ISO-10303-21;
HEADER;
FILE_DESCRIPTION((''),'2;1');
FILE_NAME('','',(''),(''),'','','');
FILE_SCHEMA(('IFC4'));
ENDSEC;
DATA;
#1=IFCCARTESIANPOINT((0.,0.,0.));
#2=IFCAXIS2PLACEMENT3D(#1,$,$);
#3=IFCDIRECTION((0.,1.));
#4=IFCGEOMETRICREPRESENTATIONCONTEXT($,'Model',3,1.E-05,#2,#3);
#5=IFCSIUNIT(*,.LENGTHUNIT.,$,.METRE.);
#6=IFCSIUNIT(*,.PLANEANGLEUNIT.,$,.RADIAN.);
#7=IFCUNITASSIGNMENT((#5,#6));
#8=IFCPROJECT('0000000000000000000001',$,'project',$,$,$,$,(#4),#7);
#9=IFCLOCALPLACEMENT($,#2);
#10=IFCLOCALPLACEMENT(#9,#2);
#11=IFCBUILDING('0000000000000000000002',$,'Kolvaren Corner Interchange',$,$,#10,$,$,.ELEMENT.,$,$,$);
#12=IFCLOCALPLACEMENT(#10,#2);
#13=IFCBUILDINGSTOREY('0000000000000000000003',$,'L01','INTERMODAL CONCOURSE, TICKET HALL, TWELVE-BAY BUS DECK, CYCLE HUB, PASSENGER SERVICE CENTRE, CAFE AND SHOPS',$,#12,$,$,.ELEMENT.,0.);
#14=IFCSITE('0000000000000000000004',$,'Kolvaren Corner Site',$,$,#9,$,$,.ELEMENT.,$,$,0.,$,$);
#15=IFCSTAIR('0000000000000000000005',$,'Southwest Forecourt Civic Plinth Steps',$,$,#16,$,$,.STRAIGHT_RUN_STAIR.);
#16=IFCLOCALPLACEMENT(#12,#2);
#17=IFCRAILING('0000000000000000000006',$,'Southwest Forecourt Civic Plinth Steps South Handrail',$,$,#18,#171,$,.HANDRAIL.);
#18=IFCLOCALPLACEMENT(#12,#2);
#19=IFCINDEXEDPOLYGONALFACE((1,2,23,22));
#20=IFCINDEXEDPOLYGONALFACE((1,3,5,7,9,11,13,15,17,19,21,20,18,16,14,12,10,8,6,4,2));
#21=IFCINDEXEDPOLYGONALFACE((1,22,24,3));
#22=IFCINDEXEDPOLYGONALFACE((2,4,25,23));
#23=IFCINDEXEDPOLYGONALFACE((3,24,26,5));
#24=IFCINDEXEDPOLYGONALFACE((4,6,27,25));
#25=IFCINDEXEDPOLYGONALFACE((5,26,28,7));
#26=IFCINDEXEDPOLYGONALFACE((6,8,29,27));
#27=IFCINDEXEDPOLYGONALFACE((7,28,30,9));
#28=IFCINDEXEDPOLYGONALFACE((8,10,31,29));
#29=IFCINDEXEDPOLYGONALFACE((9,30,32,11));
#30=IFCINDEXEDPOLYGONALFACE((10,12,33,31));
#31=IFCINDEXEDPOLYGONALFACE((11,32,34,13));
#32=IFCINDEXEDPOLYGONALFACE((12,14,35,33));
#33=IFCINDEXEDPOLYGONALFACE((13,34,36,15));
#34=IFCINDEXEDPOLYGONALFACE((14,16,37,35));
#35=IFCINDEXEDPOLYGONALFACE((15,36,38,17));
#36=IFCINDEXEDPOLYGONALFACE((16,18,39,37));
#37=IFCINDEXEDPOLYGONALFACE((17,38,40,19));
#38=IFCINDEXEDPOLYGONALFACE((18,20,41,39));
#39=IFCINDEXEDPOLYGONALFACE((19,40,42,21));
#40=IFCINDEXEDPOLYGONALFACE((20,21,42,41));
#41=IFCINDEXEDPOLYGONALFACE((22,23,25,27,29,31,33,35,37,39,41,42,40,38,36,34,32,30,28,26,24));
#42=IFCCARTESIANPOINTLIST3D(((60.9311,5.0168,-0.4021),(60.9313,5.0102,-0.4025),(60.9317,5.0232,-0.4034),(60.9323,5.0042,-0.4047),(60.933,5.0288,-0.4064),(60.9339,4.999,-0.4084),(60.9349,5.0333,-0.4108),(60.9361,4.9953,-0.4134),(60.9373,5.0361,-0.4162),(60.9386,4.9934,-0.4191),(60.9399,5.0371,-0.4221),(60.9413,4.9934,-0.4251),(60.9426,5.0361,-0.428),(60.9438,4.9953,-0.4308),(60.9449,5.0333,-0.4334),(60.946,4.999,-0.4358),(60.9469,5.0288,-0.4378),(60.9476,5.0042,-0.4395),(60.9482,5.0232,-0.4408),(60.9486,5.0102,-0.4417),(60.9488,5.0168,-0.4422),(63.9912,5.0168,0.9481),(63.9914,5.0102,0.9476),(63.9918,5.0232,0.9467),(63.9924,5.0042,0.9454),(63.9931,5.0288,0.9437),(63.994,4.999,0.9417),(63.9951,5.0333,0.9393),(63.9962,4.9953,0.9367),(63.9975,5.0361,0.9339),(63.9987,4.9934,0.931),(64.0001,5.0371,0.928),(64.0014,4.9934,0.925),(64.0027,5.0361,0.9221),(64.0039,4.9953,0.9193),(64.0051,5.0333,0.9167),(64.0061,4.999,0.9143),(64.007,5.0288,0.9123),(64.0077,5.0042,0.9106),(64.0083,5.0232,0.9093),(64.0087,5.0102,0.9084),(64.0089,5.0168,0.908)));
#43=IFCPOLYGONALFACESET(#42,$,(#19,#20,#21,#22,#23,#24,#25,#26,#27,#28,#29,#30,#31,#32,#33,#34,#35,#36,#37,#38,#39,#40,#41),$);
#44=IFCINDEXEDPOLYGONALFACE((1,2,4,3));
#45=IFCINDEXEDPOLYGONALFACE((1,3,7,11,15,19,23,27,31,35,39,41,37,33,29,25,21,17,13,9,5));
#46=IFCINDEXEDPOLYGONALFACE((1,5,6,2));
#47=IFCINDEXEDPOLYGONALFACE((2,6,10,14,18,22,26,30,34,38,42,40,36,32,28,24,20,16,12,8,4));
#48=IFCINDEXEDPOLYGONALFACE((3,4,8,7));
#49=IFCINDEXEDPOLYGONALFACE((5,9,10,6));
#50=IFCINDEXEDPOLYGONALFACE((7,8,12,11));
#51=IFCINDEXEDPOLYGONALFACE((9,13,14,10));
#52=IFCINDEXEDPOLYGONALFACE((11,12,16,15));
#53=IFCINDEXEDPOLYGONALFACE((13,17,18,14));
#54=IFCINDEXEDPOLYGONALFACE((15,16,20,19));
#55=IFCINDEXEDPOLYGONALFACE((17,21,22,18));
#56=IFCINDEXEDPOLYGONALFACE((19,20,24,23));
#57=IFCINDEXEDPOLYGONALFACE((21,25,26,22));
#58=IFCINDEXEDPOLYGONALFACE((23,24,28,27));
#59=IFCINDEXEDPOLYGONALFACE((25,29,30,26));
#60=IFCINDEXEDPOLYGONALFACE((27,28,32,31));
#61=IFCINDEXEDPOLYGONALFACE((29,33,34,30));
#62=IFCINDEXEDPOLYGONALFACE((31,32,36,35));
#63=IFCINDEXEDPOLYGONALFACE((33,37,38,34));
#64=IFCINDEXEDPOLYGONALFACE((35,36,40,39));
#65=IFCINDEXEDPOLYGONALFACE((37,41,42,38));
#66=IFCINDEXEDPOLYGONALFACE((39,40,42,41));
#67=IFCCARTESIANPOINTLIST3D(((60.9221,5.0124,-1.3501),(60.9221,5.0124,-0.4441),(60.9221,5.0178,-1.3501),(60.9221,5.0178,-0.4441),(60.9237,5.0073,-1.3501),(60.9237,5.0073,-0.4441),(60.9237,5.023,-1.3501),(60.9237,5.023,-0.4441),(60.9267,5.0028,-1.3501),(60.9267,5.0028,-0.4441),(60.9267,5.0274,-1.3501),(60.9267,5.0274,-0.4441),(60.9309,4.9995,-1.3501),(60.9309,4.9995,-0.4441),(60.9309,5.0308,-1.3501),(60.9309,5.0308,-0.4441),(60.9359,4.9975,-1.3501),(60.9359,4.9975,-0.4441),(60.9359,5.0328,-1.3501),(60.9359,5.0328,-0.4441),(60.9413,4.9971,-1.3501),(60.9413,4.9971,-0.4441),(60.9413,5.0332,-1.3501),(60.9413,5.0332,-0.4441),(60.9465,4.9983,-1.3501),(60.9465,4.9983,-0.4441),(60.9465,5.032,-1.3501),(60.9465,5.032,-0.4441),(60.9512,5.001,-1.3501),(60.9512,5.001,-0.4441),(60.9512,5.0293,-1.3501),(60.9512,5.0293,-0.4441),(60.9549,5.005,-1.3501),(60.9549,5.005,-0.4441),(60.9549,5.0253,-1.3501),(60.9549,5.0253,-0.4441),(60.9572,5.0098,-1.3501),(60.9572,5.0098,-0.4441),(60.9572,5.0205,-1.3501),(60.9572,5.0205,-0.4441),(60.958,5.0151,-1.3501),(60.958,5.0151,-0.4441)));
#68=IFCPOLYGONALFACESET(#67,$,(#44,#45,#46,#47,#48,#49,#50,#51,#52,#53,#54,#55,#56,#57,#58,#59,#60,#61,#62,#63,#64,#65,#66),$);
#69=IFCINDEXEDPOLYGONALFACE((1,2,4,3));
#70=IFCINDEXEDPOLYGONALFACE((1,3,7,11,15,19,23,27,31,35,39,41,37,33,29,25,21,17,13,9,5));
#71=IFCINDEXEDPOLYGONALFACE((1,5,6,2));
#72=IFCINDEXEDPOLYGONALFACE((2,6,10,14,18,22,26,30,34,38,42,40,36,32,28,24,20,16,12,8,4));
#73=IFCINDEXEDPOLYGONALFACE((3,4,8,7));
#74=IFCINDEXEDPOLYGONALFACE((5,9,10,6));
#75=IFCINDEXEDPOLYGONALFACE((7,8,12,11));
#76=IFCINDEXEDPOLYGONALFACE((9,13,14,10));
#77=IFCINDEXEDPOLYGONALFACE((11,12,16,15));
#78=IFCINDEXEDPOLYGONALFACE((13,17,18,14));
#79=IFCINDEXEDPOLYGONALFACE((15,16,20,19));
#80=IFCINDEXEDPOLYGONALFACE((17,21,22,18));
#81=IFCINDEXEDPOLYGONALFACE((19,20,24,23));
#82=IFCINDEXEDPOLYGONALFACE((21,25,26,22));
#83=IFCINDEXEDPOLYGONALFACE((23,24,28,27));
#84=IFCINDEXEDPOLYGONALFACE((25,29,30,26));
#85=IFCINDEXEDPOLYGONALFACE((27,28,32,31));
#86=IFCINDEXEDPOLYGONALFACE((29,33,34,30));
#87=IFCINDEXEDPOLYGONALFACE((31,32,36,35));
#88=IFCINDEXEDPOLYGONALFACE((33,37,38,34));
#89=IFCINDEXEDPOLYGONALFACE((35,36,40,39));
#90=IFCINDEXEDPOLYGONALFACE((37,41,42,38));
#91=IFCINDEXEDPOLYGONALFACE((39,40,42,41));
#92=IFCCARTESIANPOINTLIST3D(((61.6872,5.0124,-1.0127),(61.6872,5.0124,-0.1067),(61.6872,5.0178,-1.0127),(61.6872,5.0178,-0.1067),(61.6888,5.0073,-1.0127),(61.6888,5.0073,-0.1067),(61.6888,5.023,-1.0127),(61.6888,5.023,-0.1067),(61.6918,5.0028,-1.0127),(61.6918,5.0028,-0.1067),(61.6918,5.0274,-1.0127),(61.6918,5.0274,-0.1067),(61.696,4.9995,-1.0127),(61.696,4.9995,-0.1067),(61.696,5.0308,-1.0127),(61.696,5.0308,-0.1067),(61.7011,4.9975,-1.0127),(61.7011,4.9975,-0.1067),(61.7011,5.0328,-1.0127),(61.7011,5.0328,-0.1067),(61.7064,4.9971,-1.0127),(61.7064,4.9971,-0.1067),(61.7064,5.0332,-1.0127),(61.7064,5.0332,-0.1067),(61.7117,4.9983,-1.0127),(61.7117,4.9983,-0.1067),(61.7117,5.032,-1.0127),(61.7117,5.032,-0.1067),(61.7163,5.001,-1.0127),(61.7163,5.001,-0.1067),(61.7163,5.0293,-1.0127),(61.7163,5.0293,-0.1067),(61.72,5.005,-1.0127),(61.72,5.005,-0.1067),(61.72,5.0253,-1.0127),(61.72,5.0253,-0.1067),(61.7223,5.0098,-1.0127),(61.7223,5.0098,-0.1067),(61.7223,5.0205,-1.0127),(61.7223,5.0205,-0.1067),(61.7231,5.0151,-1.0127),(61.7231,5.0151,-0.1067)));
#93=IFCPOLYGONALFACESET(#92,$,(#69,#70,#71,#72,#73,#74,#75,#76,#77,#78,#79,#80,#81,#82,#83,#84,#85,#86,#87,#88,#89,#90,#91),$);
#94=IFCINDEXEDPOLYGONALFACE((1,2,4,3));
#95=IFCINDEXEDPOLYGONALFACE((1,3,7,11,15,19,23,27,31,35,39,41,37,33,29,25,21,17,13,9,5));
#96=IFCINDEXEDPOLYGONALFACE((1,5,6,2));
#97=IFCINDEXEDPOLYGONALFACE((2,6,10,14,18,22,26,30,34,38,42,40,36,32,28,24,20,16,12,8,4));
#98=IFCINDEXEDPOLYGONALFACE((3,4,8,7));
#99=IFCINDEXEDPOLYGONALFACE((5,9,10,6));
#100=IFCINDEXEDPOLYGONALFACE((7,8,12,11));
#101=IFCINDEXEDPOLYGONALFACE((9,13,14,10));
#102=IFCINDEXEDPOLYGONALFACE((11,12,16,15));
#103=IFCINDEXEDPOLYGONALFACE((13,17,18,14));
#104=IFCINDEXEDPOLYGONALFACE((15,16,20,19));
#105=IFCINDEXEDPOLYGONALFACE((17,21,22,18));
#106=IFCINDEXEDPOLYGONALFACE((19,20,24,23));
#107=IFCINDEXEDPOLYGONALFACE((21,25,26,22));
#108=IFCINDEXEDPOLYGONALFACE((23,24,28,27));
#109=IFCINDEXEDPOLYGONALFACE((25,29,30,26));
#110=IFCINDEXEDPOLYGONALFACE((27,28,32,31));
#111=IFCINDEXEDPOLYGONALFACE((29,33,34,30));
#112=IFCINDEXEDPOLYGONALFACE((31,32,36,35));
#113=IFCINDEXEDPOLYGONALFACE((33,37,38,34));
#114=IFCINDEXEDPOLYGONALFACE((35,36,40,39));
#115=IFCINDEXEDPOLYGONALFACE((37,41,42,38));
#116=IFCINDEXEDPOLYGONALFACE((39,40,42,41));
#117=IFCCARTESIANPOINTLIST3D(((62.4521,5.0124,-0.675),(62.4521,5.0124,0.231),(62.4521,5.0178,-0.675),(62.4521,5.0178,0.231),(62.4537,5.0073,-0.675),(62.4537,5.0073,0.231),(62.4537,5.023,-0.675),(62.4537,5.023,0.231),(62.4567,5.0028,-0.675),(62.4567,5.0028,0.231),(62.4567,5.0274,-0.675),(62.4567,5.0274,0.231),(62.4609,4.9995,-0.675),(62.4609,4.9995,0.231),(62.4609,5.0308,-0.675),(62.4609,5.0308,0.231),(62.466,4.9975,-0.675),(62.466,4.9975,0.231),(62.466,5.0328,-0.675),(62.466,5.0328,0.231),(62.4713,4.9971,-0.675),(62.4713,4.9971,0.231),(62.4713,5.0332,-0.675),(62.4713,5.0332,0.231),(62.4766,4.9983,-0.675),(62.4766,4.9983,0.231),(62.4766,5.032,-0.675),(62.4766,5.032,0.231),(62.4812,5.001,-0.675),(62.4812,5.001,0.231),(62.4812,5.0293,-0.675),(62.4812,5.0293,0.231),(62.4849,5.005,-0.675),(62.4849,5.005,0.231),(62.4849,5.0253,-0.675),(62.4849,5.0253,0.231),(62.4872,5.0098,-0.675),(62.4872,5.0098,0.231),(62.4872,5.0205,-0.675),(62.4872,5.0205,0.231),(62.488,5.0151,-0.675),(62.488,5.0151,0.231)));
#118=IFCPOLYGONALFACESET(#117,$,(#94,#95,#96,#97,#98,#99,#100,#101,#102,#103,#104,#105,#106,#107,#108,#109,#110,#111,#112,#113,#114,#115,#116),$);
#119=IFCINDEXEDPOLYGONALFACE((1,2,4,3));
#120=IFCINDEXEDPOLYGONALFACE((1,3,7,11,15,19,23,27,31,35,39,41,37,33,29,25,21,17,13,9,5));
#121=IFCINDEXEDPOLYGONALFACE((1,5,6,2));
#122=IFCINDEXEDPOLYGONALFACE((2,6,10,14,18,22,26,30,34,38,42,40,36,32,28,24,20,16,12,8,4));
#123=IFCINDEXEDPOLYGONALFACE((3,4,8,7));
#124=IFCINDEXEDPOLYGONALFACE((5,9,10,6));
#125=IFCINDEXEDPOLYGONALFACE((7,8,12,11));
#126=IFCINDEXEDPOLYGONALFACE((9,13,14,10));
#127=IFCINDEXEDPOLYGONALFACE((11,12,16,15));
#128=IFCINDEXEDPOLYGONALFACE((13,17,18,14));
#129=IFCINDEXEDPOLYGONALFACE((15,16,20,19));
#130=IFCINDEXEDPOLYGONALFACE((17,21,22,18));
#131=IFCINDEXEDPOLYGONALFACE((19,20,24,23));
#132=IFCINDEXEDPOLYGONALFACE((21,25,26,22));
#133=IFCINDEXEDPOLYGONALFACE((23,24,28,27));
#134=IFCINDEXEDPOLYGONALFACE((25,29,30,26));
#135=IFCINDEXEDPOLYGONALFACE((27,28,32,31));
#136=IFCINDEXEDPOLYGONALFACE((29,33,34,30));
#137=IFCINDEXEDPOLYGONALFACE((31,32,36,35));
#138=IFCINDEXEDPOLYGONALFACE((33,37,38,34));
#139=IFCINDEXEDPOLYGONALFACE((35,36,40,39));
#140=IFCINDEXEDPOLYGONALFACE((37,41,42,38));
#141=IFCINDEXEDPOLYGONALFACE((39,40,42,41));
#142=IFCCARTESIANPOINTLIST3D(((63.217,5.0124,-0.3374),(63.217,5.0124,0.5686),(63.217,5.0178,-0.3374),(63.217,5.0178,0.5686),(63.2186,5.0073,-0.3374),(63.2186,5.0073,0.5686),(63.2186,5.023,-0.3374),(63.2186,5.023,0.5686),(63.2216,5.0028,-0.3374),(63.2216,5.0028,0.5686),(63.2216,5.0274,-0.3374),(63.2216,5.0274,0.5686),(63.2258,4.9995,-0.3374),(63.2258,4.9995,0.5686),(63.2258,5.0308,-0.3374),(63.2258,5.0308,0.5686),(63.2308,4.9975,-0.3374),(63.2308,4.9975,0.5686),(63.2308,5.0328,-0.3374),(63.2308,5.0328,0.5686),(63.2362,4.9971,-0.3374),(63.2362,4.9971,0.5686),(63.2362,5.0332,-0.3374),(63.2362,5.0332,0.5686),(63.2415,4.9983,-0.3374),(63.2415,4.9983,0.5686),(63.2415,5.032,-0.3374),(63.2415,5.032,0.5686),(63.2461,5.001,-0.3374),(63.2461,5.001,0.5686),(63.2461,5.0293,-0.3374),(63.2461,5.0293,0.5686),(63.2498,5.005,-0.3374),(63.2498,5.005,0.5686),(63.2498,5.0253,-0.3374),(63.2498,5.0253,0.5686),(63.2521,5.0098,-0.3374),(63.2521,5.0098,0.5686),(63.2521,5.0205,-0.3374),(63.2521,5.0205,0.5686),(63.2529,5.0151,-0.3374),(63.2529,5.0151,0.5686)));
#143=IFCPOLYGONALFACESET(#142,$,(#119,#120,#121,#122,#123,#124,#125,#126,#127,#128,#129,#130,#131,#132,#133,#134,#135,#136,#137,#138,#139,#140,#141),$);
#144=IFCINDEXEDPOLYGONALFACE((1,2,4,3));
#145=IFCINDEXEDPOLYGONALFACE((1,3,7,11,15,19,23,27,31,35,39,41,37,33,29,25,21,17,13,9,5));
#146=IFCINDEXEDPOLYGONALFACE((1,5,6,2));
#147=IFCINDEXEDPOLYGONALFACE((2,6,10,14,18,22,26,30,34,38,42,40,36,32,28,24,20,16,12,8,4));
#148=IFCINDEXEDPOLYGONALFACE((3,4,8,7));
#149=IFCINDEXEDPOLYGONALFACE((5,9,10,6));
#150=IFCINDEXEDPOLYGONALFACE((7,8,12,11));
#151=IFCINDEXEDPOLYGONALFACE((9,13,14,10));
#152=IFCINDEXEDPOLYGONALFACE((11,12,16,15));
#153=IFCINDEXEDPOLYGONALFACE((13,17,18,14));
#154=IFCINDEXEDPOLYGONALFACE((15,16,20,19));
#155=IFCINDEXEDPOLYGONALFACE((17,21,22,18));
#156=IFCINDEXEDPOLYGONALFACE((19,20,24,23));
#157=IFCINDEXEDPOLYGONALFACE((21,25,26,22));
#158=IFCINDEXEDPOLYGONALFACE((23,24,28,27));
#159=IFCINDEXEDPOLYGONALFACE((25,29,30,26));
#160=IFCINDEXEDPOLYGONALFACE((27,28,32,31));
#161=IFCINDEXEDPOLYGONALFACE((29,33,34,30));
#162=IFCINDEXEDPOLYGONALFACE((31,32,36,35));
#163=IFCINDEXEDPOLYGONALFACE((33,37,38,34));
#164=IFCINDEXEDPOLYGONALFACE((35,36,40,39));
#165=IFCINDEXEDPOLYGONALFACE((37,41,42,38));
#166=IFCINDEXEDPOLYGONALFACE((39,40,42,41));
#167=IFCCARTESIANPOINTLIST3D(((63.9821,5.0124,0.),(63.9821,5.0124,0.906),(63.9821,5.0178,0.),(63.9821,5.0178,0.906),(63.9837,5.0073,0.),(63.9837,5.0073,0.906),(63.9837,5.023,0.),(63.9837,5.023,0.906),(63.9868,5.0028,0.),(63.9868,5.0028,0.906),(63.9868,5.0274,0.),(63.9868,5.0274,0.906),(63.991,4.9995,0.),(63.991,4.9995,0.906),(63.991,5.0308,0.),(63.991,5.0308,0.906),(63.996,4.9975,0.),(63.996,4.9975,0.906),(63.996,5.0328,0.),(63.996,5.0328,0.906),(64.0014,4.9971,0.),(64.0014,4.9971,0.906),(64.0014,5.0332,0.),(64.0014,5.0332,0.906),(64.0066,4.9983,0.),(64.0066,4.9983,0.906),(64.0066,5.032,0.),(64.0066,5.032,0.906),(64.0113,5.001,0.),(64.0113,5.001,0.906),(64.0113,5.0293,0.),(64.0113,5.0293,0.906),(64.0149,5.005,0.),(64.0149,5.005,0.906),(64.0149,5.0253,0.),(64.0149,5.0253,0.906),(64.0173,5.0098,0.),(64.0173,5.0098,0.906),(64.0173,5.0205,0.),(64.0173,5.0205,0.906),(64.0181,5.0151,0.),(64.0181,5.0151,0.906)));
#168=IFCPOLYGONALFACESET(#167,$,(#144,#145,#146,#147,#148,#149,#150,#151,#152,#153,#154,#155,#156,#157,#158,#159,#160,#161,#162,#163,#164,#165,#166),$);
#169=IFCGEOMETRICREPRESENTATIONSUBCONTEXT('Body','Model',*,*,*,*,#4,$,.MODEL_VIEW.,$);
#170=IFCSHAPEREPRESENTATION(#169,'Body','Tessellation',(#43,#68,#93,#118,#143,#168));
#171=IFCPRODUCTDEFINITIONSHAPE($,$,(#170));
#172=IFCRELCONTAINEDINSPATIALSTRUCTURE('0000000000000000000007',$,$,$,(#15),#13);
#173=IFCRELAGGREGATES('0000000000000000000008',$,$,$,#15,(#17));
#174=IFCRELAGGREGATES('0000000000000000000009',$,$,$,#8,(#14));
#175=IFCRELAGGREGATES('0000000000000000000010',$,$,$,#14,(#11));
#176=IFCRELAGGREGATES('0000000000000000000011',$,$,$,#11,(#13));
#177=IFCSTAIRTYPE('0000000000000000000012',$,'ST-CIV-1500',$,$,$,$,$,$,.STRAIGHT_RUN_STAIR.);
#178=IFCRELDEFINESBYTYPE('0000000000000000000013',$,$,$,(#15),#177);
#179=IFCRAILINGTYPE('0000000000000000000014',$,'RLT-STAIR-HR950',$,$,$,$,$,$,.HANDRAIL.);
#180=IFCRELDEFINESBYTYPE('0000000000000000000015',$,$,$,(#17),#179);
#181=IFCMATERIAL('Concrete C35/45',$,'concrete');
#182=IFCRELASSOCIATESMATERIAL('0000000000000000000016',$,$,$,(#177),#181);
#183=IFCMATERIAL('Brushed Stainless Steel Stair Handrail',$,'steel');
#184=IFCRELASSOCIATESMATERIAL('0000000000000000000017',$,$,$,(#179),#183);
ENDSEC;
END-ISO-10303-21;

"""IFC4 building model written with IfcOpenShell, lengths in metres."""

from ifc_helpers import new_model, si_unit, direction, frame, origin, origin_2d, place, context, subcontext, project, spatial, circle, extrude, material, type_object, element, aggregate, save


model = new_model("IFC4")

# Units and contexts
model_context = context("Model", 3, precision=1e-05, world=origin(), true_north=direction((0.0, 1.0)))
body_context = subcontext(model_context, "Body", "Model", "MODEL_VIEW")
ifc_project = project(units=[si_unit("LENGTHUNIT", "METRE"), si_unit("PLANEANGLEUNIT", "RADIAN")], contexts=[model_context])

# Site, building, storey
site_placement = place(None, origin())
site = spatial("IfcSite", under=ifc_project, at=site_placement, Name="Kolvaren Corner Site", CompositionType="ELEMENT", RefElevation=0.0)
building_placement = place(site_placement, origin())
building = spatial("IfcBuilding", under=site, at=building_placement, Name="Kolvaren Corner Interchange", CompositionType="ELEMENT")
storey_placement = place(building_placement, origin())
storey = spatial("IfcBuildingStorey", under=building, at=storey_placement, Name="L01", Description="INTERMODAL CONCOURSE, TICKET HALL, TWELVE-BAY BUS DECK, CYCLE HUB, PASSENGER SERVICE CENTRE, CAFE AND SHOPS", CompositionType="ELEMENT", Elevation=0.0)

# Stair
ifc_material_1 = material(Name="Concrete C35/45", Category="concrete")
stair_type = type_object("IfcStairType", Name="ST-CIV-1500", PredefinedType="STRAIGHT_RUN_STAIR", material=ifc_material_1)
stair_placement = place(storey_placement, origin())
stair = element("IfcStair", 1, at=stair_placement, inside=storey, type_object=stair_type, Name="Southwest Forecourt Civic Plinth Steps", PredefinedType="STRAIGHT_RUN_STAIR")

# Railing
ifc_material_2 = material(Name="Brushed Stainless Steel Stair Handrail", Category="steel")
railing_type_1 = type_object("IfcRailingType", Name="RLT-STAIR-HR950", PredefinedType="HANDRAIL", material=ifc_material_2)
railing_1_placement = place(storey_placement, frame((60.9399, 5.0151, -1.3501)))
railing_1 = element("IfcRailing", 2, at=railing_1_placement, type_object=railing_type_1, Name="Southwest Forecourt Civic Plinth Steps South Handrail", PredefinedType="HANDRAIL", context=body_context, shape_type="SweptSolid", body=[
    extrude(circle(Radius=0.022, at=origin_2d()), frame((0.0, 0.0, 0.928), z_axis=(0.91491, 0.0, 0.403658), x_axis=(0.0, 1.0, 0.0)), (0.0, 0.0, 1.0), 3.3447),
    extrude(circle(Radius=0.0181, at=origin_2d()), origin(), (0.0, 0.0, 1.0), 0.906),
    extrude(circle(Radius=0.0181, at=origin_2d()), frame((0.7651, 0.0, 0.3374)), (0.0, 0.0, 1.0), 0.906),
    extrude(circle(Radius=0.0181, at=origin_2d()), frame((1.53, 0.0, 0.675)), (0.0, 0.0, 1.0), 0.906),
    extrude(circle(Radius=0.0181, at=origin_2d()), frame((2.2949, 0.0, 1.0127)), (0.0, 0.0, 1.0), 0.906),
    extrude(circle(Radius=0.0181, at=origin_2d()), frame((3.0601, 0.0, 1.3501)), (0.0, 0.0, 1.0), 0.906),
])
aggregate(stair, [railing_1])

save(model, "model.ifc")
